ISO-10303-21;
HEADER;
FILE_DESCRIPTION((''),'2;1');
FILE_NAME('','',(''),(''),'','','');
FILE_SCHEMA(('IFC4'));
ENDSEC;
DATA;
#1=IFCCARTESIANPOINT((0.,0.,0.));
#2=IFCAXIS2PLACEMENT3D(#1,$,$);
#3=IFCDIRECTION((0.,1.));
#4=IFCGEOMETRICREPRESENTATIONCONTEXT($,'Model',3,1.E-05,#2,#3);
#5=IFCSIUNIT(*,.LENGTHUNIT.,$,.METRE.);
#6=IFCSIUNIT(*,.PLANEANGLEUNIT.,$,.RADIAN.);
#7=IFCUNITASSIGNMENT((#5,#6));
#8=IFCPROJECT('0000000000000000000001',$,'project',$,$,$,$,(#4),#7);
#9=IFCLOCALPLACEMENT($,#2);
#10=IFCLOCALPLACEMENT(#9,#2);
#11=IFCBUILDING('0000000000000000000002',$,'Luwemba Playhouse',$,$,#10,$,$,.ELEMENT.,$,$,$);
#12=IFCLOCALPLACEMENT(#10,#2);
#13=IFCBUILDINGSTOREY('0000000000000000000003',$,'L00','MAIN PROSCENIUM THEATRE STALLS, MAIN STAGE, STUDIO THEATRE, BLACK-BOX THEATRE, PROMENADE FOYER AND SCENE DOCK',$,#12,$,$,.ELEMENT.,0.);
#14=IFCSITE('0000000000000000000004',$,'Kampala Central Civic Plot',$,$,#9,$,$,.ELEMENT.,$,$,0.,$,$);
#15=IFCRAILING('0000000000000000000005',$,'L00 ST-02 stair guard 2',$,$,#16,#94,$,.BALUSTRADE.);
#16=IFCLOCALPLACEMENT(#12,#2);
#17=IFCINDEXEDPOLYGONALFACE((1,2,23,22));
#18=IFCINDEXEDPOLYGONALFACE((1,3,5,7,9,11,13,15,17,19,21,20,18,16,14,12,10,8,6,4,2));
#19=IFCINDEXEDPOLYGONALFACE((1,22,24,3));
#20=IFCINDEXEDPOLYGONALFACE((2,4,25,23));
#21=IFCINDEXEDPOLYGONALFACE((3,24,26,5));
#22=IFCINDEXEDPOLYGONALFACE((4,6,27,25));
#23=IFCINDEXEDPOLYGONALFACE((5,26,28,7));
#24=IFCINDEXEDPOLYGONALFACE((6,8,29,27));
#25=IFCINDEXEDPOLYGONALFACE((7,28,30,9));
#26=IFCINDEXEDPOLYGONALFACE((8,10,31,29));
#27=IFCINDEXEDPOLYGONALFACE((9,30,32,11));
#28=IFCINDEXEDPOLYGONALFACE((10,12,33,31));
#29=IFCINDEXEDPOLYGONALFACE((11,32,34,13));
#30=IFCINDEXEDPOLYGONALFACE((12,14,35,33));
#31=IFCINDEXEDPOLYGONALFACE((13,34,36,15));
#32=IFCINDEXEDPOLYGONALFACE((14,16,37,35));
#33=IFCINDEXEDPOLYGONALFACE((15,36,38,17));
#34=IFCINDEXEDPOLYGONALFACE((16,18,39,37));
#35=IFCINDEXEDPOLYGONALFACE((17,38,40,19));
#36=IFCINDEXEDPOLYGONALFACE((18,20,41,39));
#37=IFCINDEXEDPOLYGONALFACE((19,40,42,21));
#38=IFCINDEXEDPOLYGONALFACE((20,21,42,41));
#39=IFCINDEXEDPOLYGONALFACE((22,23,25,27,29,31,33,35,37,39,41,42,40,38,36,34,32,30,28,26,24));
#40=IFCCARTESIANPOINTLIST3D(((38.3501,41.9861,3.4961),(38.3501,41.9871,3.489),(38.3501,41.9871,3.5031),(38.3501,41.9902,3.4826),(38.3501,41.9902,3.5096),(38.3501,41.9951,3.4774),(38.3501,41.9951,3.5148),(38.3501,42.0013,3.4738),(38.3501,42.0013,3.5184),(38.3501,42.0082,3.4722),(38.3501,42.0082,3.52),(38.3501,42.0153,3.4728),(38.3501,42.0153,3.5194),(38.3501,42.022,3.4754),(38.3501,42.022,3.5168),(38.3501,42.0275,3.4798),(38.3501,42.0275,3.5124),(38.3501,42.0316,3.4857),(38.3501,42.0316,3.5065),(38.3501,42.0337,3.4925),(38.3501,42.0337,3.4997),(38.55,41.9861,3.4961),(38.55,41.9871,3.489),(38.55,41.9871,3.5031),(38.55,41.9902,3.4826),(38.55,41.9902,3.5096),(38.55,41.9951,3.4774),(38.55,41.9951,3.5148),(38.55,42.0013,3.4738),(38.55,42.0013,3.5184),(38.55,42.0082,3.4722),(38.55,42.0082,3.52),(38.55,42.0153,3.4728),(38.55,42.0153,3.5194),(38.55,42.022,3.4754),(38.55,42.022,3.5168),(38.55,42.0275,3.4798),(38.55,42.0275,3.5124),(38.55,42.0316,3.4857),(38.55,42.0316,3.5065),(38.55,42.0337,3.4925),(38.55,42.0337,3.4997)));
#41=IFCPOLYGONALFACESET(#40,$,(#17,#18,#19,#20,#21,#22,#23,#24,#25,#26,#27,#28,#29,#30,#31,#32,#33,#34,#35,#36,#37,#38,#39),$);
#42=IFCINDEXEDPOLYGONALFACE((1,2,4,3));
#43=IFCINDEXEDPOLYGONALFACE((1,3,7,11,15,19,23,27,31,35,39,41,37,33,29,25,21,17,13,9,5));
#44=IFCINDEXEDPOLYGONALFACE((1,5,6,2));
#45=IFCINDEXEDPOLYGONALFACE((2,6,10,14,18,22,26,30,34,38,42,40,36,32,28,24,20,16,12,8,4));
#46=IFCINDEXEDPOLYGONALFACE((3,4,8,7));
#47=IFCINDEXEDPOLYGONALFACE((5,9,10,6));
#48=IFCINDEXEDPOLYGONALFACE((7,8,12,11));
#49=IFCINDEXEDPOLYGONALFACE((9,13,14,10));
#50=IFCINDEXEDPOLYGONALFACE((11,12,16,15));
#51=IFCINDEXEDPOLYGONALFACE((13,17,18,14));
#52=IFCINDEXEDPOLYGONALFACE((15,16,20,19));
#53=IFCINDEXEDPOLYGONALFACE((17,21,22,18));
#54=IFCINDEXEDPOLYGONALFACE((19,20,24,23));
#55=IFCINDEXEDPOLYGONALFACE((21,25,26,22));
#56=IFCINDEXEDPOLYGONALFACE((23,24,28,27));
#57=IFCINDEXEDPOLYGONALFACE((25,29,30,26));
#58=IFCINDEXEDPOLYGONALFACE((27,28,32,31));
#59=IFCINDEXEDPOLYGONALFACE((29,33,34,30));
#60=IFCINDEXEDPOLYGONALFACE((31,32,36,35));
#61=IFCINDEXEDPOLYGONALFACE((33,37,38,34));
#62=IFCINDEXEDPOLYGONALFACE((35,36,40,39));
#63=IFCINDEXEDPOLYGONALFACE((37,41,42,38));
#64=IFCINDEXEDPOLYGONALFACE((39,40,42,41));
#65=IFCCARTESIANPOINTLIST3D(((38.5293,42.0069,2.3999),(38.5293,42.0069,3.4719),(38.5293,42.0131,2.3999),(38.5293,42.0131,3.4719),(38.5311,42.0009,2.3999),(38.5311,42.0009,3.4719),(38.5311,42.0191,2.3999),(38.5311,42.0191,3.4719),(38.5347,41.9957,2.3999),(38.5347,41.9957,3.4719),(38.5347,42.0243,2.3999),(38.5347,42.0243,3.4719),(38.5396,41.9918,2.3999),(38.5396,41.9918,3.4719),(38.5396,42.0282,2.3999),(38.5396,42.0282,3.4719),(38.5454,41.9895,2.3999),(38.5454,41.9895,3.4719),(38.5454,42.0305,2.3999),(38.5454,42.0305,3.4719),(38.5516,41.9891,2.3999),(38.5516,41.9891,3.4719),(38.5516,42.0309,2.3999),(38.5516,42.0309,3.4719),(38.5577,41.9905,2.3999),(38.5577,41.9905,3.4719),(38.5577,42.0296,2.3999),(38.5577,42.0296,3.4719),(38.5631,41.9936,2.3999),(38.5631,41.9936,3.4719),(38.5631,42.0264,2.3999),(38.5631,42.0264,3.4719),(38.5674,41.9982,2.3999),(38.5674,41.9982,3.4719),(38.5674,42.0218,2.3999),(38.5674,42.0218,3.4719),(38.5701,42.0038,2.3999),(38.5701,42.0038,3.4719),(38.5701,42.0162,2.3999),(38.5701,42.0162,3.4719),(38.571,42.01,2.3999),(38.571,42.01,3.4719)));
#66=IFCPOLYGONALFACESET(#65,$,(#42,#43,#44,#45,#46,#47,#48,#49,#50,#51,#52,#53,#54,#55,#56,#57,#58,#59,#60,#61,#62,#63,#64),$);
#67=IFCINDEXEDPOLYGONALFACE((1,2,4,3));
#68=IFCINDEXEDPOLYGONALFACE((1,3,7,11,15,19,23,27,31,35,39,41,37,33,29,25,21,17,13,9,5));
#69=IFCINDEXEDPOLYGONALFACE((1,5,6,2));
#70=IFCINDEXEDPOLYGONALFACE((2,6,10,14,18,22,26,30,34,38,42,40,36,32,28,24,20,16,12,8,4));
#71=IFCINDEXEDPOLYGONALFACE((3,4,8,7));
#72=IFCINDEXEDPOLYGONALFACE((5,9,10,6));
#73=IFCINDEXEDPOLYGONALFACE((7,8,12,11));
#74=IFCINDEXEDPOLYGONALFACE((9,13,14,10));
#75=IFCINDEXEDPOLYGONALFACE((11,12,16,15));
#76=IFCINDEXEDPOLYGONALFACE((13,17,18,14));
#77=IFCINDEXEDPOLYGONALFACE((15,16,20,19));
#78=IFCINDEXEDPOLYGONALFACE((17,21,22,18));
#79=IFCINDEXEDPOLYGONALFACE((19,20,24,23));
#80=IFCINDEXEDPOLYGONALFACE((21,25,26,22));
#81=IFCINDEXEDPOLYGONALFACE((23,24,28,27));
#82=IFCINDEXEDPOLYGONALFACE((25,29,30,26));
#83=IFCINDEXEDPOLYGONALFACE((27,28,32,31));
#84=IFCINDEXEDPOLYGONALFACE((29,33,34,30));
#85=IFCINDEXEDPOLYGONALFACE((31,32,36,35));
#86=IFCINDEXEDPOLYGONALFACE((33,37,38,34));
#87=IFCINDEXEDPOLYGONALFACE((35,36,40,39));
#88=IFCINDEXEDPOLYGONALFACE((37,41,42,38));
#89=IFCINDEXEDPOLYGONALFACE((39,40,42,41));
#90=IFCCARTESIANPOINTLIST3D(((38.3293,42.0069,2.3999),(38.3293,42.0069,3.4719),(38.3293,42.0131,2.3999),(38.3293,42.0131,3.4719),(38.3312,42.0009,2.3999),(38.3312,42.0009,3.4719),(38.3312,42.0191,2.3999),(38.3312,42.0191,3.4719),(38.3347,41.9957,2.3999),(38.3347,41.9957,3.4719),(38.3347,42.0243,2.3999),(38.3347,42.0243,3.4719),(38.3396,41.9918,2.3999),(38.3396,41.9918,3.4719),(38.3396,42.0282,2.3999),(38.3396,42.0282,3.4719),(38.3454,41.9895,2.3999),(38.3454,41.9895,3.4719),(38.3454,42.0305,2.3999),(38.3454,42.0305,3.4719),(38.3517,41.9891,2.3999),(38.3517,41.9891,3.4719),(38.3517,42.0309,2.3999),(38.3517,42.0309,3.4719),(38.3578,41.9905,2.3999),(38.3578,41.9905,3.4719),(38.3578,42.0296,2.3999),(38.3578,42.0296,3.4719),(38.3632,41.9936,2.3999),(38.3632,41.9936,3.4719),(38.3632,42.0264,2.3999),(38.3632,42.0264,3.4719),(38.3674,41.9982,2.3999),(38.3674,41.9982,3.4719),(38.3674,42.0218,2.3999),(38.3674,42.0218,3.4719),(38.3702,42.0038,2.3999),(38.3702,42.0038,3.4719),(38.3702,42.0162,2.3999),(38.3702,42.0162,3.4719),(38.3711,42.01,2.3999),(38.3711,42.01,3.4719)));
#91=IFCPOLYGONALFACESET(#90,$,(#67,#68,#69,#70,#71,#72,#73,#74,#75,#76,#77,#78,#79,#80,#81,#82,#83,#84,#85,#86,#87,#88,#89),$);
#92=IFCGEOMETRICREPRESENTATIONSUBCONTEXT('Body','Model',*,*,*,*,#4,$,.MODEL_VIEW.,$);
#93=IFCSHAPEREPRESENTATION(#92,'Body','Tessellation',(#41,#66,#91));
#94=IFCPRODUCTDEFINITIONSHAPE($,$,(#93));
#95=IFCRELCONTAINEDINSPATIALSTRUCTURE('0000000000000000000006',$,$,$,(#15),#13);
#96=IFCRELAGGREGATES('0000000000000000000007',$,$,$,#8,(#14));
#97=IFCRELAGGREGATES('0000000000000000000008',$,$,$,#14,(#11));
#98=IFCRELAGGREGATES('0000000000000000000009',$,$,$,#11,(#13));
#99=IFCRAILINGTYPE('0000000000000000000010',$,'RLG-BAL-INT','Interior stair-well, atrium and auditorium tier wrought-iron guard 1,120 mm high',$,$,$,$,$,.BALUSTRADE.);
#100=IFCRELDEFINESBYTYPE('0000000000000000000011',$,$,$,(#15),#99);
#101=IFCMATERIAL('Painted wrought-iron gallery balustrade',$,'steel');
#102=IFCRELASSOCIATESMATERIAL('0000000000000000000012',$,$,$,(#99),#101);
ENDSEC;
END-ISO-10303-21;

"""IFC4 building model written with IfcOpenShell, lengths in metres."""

from ifc_helpers import new_model, si_unit, direction, frame, origin, origin_2d, place, context, subcontext, project, spatial, circle, extrude, material, type_object, element, save


model = new_model("IFC4")

# Units and contexts
model_context = context("Model", 3, precision=1e-05, world=origin(), true_north=direction((0.0, 1.0)))
body_context = subcontext(model_context, "Body", "Model", "MODEL_VIEW")
ifc_project = project(units=[si_unit("LENGTHUNIT", "METRE"), si_unit("PLANEANGLEUNIT", "RADIAN")], contexts=[model_context])

# Site, building, storey
site_placement = place(None, origin())
site = spatial("IfcSite", under=ifc_project, at=site_placement, Name="Kampala Central Civic Plot", CompositionType="ELEMENT", RefElevation=0.0)
building_placement = place(site_placement, origin())
building = spatial("IfcBuilding", under=site, at=building_placement, Name="Luwemba Playhouse", CompositionType="ELEMENT")
storey_placement = place(building_placement, origin())
storey = spatial("IfcBuildingStorey", under=building, at=storey_placement, Name="L00", Description="MAIN PROSCENIUM THEATRE STALLS, MAIN STAGE, STUDIO THEATRE, BLACK-BOX THEATRE, PROMENADE FOYER AND SCENE DOCK", CompositionType="ELEMENT", Elevation=0.0)

# Railing
ifc_material_1 = material(Name="Painted wrought-iron gallery balustrade", Category="steel")
railing_type_1 = type_object("IfcRailingType", Name="RLG-BAL-INT", Description="Interior stair-well, atrium and auditorium tier wrought-iron guard 1,120 mm high", PredefinedType="BALUSTRADE", material=ifc_material_1)
railing_1_placement = place(storey_placement, frame((38.55, 42.01, 2.3999)))
element("IfcRailing", 1, at=railing_1_placement, inside=storey, type_object=railing_type_1, Name="L00 ST-02 stair guard 2", PredefinedType="BALUSTRADE", context=body_context, shape_type="SweptSolid", body=[
    extrude(circle(Radius=0.0239, at=origin_2d()), frame((0.0, 0.0, 1.0962), z_axis=(-1.0, 0.0, 0.0), x_axis=(0.0, -1.0, 0.0)), (0.0, 0.0, 1.0), 0.2),
    extrude(circle(Radius=0.021, at=origin_2d()), origin(), (0.0, 0.0, 1.0), 1.072),
    extrude(circle(Radius=0.021, at=origin_2d()), frame((-0.2, 0.0, 0.0)), (0.0, 0.0, 1.0), 1.072),
])

save(model, "model.ifc")
